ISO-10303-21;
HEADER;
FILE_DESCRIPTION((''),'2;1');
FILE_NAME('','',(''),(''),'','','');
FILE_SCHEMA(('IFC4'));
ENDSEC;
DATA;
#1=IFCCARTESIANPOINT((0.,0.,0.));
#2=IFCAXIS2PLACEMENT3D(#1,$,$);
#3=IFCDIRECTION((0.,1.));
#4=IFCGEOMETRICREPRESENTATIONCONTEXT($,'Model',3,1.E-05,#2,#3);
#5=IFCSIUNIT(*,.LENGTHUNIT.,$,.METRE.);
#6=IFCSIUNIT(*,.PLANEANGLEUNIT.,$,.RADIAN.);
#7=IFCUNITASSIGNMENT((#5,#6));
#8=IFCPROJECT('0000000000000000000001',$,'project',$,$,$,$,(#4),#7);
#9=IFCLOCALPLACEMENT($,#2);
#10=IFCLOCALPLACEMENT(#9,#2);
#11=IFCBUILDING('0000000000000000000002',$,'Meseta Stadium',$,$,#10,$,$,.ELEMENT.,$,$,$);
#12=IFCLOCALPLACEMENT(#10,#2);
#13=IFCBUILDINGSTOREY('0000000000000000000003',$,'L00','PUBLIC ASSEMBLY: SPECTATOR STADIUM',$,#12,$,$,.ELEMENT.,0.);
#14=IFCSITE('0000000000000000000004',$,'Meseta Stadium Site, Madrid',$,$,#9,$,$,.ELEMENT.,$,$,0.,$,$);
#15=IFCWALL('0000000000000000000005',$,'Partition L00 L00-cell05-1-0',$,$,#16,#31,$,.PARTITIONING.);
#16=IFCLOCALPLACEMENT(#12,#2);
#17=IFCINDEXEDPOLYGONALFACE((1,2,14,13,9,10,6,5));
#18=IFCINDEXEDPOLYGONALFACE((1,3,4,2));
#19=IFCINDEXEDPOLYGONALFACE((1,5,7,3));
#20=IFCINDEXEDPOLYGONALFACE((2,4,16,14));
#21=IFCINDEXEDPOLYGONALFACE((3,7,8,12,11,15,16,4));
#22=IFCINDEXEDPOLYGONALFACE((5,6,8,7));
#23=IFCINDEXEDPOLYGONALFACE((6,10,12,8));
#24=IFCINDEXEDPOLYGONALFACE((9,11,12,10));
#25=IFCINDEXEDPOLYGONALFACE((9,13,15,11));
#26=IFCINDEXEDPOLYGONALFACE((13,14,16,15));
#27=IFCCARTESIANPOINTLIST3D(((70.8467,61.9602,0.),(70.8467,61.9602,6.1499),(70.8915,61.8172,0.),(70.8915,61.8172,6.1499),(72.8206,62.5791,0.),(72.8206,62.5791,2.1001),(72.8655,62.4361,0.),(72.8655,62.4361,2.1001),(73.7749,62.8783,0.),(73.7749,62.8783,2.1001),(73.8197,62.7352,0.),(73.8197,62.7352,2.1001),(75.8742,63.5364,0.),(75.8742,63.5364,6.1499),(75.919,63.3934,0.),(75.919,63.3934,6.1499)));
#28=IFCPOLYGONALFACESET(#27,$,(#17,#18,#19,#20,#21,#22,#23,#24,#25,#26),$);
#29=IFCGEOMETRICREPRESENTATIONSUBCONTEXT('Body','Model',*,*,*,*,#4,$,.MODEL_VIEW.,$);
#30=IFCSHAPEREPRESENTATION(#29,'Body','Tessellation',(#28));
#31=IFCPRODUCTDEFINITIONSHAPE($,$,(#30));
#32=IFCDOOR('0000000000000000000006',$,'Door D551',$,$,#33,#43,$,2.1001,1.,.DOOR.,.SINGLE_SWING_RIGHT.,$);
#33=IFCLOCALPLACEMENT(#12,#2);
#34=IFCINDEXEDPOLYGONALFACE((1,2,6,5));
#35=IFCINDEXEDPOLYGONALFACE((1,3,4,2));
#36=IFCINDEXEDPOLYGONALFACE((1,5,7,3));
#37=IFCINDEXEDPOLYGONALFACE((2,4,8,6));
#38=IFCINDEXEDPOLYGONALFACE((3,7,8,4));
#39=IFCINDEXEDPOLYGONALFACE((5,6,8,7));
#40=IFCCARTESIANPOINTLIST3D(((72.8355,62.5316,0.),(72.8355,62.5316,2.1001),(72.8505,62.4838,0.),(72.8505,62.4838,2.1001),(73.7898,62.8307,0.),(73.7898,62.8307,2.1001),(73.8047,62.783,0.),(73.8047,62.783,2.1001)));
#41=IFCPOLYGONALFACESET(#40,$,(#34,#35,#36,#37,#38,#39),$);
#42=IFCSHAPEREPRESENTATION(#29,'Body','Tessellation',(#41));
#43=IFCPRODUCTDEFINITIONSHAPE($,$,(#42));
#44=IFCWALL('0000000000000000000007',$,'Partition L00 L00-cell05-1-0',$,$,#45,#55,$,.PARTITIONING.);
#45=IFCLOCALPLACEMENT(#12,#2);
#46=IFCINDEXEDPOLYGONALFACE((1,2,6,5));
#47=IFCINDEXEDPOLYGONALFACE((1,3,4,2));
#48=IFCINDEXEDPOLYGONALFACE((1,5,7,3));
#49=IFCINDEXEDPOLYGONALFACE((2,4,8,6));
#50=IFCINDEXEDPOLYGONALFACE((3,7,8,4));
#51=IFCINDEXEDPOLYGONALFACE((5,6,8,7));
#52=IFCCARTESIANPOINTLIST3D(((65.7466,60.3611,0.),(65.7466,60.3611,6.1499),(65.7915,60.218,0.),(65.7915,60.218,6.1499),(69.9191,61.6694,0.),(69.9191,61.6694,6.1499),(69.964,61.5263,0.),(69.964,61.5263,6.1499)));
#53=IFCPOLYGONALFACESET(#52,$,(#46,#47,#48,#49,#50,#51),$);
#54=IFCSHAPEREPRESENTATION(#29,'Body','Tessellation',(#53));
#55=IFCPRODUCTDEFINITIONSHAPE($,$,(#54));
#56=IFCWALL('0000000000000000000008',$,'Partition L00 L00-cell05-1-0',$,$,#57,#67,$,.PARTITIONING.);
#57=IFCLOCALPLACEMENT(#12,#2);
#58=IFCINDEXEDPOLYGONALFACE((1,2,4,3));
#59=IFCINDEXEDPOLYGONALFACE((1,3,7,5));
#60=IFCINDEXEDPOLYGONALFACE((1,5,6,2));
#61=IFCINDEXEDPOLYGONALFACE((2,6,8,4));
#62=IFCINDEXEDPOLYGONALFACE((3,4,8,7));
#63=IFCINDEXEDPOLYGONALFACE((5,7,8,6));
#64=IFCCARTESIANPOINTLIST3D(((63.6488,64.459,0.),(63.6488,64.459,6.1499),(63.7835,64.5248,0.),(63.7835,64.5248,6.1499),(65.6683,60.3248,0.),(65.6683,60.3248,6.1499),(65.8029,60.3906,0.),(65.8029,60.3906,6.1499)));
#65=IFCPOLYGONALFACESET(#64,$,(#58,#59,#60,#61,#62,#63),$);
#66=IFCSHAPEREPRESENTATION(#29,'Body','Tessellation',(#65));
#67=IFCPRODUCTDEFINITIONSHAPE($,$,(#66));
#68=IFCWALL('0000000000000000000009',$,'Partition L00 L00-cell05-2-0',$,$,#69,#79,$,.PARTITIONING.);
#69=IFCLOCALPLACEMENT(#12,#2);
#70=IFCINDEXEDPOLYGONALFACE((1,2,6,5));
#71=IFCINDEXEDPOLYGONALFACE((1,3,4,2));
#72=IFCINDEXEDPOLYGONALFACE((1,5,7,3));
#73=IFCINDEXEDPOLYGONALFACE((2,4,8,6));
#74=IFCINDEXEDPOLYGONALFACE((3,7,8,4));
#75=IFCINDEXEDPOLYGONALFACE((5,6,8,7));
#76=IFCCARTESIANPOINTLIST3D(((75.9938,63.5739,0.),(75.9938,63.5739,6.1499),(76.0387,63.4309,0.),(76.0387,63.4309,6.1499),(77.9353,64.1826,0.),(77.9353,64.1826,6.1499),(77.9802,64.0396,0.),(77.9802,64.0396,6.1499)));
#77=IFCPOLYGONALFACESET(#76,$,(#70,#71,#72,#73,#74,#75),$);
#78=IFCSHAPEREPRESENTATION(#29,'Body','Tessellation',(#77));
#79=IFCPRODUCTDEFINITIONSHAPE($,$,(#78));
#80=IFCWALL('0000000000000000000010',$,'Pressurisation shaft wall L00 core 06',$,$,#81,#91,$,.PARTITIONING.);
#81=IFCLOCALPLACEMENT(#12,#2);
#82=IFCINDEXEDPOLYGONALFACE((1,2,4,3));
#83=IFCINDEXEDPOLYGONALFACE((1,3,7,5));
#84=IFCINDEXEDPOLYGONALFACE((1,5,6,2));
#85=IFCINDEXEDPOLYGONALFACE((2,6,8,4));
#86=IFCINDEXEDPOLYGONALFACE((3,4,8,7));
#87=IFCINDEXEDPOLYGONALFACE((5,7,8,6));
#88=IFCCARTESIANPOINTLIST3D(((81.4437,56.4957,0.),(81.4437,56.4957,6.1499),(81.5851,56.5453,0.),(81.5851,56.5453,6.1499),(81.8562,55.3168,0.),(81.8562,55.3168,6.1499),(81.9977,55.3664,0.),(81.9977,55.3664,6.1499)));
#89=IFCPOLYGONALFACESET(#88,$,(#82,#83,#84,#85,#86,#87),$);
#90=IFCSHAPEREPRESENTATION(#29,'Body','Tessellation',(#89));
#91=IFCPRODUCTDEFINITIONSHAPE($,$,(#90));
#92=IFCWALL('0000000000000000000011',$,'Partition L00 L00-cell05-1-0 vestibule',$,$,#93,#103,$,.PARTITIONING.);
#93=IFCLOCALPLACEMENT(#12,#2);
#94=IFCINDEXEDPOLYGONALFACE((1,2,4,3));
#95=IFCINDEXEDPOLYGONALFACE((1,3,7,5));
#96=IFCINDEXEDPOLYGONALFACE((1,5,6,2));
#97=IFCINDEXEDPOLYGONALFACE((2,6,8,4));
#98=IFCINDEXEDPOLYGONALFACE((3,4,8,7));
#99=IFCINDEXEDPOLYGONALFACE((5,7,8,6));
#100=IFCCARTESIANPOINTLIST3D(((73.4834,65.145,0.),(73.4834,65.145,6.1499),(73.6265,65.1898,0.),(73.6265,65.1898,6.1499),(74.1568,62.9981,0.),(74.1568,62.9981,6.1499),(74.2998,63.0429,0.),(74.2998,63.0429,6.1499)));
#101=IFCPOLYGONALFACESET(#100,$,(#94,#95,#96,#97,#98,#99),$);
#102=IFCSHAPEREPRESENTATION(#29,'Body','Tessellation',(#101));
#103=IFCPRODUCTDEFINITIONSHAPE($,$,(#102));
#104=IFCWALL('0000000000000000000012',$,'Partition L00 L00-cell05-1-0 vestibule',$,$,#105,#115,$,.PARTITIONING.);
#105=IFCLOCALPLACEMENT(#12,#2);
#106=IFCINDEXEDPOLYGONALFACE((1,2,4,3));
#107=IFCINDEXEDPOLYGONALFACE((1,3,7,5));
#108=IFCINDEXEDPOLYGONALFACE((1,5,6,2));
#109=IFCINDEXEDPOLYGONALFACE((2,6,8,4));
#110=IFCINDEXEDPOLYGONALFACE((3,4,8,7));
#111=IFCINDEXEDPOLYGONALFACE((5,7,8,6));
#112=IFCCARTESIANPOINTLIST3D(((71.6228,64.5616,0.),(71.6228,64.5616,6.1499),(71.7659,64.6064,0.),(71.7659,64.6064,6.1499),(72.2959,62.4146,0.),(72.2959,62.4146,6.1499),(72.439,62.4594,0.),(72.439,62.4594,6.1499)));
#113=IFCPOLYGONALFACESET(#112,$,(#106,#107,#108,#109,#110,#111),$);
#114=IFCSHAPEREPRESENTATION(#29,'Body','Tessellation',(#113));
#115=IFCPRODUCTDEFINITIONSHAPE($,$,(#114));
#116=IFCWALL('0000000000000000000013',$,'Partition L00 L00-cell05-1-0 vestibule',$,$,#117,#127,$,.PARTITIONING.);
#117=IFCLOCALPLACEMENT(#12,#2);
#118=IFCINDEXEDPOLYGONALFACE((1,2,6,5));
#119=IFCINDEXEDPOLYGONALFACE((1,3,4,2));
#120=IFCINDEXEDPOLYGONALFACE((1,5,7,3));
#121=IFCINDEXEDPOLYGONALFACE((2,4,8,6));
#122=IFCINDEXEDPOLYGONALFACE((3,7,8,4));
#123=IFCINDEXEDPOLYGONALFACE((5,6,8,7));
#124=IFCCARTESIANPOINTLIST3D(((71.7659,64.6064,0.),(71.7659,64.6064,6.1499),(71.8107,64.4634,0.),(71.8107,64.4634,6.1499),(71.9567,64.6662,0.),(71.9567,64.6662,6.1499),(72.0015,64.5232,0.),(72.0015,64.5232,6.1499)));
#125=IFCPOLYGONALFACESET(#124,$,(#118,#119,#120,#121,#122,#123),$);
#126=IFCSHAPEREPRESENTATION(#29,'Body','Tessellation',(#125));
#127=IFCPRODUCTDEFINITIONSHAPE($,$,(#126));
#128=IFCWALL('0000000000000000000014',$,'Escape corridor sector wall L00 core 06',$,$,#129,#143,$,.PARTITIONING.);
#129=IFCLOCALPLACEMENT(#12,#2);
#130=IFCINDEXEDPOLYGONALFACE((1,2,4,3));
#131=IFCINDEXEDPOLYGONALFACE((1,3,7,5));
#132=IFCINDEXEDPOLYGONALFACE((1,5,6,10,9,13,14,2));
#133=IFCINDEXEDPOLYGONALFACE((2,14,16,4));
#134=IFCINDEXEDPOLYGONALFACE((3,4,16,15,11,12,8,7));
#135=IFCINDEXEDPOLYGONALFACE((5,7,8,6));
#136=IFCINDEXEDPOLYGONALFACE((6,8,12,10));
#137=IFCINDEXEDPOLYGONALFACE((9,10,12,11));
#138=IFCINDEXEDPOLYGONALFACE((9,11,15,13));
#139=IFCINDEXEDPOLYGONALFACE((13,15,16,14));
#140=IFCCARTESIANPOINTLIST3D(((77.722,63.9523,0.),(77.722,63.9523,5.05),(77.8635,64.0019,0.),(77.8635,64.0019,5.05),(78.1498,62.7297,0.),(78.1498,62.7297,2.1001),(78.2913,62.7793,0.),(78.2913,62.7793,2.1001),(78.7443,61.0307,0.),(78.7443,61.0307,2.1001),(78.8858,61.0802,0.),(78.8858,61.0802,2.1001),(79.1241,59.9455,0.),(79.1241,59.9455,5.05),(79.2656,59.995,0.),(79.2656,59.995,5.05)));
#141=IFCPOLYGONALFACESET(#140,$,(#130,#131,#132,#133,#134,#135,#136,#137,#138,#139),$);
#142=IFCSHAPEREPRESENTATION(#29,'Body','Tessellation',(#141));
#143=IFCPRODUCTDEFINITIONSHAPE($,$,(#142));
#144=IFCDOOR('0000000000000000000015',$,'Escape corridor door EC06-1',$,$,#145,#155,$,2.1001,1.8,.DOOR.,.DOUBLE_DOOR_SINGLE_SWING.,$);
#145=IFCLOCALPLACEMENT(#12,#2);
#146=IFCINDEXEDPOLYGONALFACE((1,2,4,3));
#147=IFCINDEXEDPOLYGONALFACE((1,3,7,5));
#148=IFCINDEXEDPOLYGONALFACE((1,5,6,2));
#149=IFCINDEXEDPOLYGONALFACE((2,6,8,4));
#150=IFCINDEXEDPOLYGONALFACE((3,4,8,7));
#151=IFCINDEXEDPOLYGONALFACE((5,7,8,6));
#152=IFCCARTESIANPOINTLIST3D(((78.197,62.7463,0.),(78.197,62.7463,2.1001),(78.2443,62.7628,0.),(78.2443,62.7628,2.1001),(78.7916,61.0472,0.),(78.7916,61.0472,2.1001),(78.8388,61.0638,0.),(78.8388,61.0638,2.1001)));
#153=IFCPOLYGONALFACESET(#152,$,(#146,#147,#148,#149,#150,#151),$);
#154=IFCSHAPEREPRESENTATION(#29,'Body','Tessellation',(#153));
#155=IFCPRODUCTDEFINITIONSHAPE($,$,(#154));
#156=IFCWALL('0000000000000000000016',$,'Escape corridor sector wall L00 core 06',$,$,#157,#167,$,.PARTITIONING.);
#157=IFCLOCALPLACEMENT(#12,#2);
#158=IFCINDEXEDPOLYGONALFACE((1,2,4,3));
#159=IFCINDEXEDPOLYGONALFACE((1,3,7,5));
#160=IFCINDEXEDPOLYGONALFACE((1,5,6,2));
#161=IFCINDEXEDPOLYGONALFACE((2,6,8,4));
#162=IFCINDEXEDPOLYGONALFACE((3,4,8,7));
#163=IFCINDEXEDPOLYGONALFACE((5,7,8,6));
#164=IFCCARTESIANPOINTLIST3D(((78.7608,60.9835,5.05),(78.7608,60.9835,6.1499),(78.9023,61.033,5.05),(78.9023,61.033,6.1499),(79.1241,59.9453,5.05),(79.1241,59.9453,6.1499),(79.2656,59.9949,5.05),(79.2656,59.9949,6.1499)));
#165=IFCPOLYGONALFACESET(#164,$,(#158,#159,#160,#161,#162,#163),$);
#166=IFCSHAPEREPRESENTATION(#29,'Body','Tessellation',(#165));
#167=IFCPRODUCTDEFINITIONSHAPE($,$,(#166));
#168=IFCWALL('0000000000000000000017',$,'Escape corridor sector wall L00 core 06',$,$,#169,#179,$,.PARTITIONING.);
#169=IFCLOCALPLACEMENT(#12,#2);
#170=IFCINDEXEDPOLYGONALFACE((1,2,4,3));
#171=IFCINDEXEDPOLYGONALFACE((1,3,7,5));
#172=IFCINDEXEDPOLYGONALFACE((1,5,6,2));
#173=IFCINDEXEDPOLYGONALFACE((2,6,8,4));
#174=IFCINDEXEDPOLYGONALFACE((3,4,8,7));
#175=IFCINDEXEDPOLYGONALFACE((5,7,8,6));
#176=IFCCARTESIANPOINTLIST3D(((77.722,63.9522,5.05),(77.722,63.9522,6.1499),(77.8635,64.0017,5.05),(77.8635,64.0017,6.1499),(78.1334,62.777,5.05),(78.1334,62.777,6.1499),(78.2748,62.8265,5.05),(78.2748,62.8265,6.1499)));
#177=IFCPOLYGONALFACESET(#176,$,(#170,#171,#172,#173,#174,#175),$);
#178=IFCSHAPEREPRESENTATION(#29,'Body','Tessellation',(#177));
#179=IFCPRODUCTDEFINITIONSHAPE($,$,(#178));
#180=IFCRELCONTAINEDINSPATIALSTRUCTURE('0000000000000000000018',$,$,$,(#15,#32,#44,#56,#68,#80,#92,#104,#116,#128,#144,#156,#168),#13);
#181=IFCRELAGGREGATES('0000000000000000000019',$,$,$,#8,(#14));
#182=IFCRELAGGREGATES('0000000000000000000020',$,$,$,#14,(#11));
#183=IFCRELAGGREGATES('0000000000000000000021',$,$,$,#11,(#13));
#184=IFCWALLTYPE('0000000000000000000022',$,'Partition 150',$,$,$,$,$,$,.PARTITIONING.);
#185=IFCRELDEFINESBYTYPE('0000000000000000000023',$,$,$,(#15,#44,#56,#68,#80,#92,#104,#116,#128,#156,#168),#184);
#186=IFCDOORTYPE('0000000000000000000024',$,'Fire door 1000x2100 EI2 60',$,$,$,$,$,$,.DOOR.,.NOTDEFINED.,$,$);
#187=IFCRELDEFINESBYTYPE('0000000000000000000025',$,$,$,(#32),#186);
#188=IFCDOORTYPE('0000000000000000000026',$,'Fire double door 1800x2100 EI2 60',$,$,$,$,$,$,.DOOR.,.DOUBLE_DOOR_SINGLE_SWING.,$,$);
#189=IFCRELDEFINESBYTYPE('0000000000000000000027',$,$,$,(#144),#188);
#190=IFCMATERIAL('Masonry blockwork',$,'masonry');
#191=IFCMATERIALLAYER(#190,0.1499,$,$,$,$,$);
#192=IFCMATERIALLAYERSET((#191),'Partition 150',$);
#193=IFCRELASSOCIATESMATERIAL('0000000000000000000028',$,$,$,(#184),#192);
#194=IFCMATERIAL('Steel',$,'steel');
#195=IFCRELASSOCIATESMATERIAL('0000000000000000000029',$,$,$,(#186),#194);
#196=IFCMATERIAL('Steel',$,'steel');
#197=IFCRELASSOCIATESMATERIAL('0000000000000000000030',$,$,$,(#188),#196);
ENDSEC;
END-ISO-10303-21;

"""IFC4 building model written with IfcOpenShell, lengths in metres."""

from ifc_helpers import new_model, si_unit, direction, frame, frame_2d, origin, place, context, subcontext, project, spatial, rectangle, extrude, material, layer, layer_set, type_object, element, fill, save


model = new_model("IFC4")

# Units and contexts
model_context = context("Model", 3, precision=1e-05, world=origin(), true_north=direction((0.0, 1.0)))
body_context = subcontext(model_context, "Body", "Model", "MODEL_VIEW")
ifc_project = project(units=[si_unit("LENGTHUNIT", "METRE"), si_unit("PLANEANGLEUNIT", "RADIAN")], contexts=[model_context])

# Site, building, storey
site_placement = place(None, origin())
site = spatial("IfcSite", under=ifc_project, at=site_placement, Name="Meseta Stadium Site, Madrid", CompositionType="ELEMENT", RefElevation=0.0)
building_placement = place(site_placement, origin())
building = spatial("IfcBuilding", under=site, at=building_placement, Name="Meseta Stadium", CompositionType="ELEMENT")
storey_placement = place(building_placement, origin())
storey = spatial("IfcBuildingStorey", under=building, at=storey_placement, Name="L00", Description="PUBLIC ASSEMBLY: SPECTATOR STADIUM", CompositionType="ELEMENT", Elevation=0.0)

# Shared definitions
ifc_material_1 = material(Name="Masonry blockwork", Category="masonry")
ifc_layer_1 = layer(ifc_material_1, 0.1499)
ifc_layer_set_1 = layer_set([ifc_layer_1], Name="Partition 150")
wall_type_1 = type_object("IfcWallType", Name="Partition 150", PredefinedType="PARTITIONING", material=ifc_layer_set_1)

# Wall, opening, door
wall_1_placement = place(storey_placement, frame((75.8965, 63.4648, 0.0), z_axis=(0.0, 0.0, 1.0), x_axis=(-0.954207, -0.299148, 0.0)))
wall_1 = element("IfcWall", 1, at=wall_1_placement, inside=storey, type_object=wall_type_1, Name="Partition L00 L00-cell05-1-0", PredefinedType="PARTITIONING", context=body_context, shape_type="SweptSolid", body=[
    extrude(rectangle(XDim=5.2688, YDim=0.1499, at=frame_2d((2.6343, 0.0))), origin(), (0.0, 0.0, 1.0), 6.1499),
])
opening_1_placement = place(wall_1_placement, frame((2.2, 0.0, 0.0)))
opening_1 = element("IfcOpeningElement", 2, at=opening_1_placement, cuts=wall_1, PredefinedType="OPENING", context=body_context, shape_type="SweptSolid", body=[
    extrude(rectangle(XDim=1.0, YDim=2.1001, at=frame_2d((0.5, 1.05))), frame((0.0, 0.085, 0.0), z_axis=(0.0, -1.0, 0.0), x_axis=(1.0, 0.0, 0.0)), (0.0, 0.0, 1.0), 0.1699),
])
ifc_material_2 = material(Name="Steel", Category="steel")
door_type_1 = type_object("IfcDoorType", Name="Fire door 1000x2100 EI2 60", OperationType="NOTDEFINED", PredefinedType="DOOR", material=ifc_material_2)
door_1_placement = place(opening_1_placement, origin())
door_1 = element("IfcDoor", 3, at=door_1_placement, inside=storey, type_object=door_type_1, Name="Door D551", OperationType="SINGLE_SWING_RIGHT", OverallHeight=2.1001, OverallWidth=1.0, PredefinedType="DOOR", context=body_context, shape_type="SweptSolid", body=[
    extrude(rectangle(XDim=1.0, YDim=2.1001, at=frame_2d((0.5, 1.05))), frame((0.0, 0.0249, 0.0), z_axis=(0.0, -1.0, 0.0), x_axis=(1.0, 0.0, 0.0)), (0.0, 0.0, 1.0), 0.05),
])
fill(opening_1, door_1)

# Walls
wall_2_placement = place(storey_placement, frame((69.9417, 61.5979, 0.0), z_axis=(0.0, 0.0, 1.0), x_axis=(-0.954192, -0.299194, 0.0)))
element("IfcWall", 4, at=wall_2_placement, inside=storey, type_object=wall_type_1, Name="Partition L00 L00-cell05-1-0", PredefinedType="PARTITIONING", context=body_context, shape_type="SweptSolid", body=[
    extrude(rectangle(XDim=4.3728, YDim=0.1499, at=frame_2d((2.1865, 0.0))), origin(), (0.0, 0.0, 1.0), 6.1499),
])
wall_3_placement = place(storey_placement, frame((65.7356, 60.3577, 0.0), z_axis=(0.0, 0.0, 1.0), x_axis=(-0.438917, 0.898528, 0.0)))
element("IfcWall", 5, at=wall_3_placement, inside=storey, type_object=wall_type_1, Name="Partition L00 L00-cell05-1-0", PredefinedType="PARTITIONING", context=body_context, shape_type="SweptSolid", body=[
    extrude(rectangle(XDim=4.6011, YDim=0.1499, at=frame_2d((2.3005, 0.0))), origin(), (0.0, 0.0, 1.0), 6.1499),
])
wall_4_placement = place(storey_placement, frame((77.9578, 64.1111, 0.0), z_axis=(0.0, 0.0, 1.0), x_axis=(-0.954206, -0.299149, 0.0)))
element("IfcWall", 6, at=wall_4_placement, inside=storey, type_object=wall_type_1, Name="Partition L00 L00-cell05-2-0", PredefinedType="PARTITIONING", context=body_context, shape_type="SweptSolid", body=[
    extrude(rectangle(XDim=2.0347, YDim=0.1499, at=frame_2d((1.0173, 0.0))), origin(), (0.0, 0.0, 1.0), 6.1499),
])
wall_5_placement = place(storey_placement, frame((81.5144, 56.5205, 0.0), z_axis=(0.0, 0.0, 1.0), x_axis=(0.330324, -0.943867, 0.0)))
element("IfcWall", 7, at=wall_5_placement, inside=storey, type_object=wall_type_1, Name="Pressurisation shaft wall L00 core 06", PredefinedType="PARTITIONING", context=body_context, shape_type="SweptSolid", body=[
    extrude(rectangle(XDim=1.249, YDim=0.1499, at=frame_2d((0.6245, 0.0))), origin(), (0.0, 0.0, 1.0), 6.1499),
])
for number, where, z_axis, x_axis, name in (
    (8, (74.2283, 63.0205, 0.0), (0.0, 0.0, 1.0), (-0.299251, 0.954174, 0.0), "Partition L00 L00-cell05-1-0 vestibule"),
    (9, (72.3674, 62.437, 0.0), (0.0, 0.0, 1.0), (-0.299152, 0.954205, 0.0), "Partition L00 L00-cell05-1-0 vestibule"),
):
    element("IfcWall", number, at=place(storey_placement, frame(where, z_axis=z_axis, x_axis=x_axis)), inside=storey, type_object=wall_type_1, Name=name, PredefinedType="PARTITIONING", context=body_context, shape_type="SweptSolid", body=[
        extrude(rectangle(XDim=2.25, YDim=0.1499, at=frame_2d((1.125, 0.0))), origin(), (0.0, 0.0, 1.0), 6.1499),
    ])
wall_6_placement = place(storey_placement, frame((71.9792, 64.5947, 0.0), z_axis=(0.0, 0.0, 1.0), x_axis=(-0.954263, -0.29897, 0.0)))
element("IfcWall", 10, at=wall_6_placement, inside=storey, type_object=wall_type_1, Name="Partition L00 L00-cell05-1-0 vestibule", PredefinedType="PARTITIONING", context=body_context, shape_type="SweptSolid", body=[
    extrude(rectangle(XDim=0.2, YDim=0.1499, at=frame_2d((0.1001, 0.0))), origin(), (0.0, 0.0, 1.0), 6.1499),
])

# Wall, opening, door
wall_7_placement = place(storey_placement, frame((79.1948, 59.9702, 0.0), z_axis=(0.0, 0.0, 1.0), x_axis=(-0.330289, 0.94388, 0.0)))
wall_7 = element("IfcWall", 11, at=wall_7_placement, inside=storey, type_object=wall_type_1, Name="Escape corridor sector wall L00 core 06", PredefinedType="PARTITIONING", context=body_context, shape_type="SweptSolid", body=[
    extrude(rectangle(XDim=4.2451, YDim=0.1499, at=frame_2d((2.1226, 0.0))), origin(), (0.0, 0.0, 1.0), 5.05),
])
opening_2_placement = place(wall_7_placement, frame((1.1499, 0.0, 0.0)))
opening_2 = element("IfcOpeningElement", 12, at=opening_2_placement, cuts=wall_7, PredefinedType="OPENING", context=body_context, shape_type="SweptSolid", body=[
    extrude(rectangle(XDim=1.8, YDim=2.1001, at=frame_2d((0.8999, 1.05))), frame((0.0, 0.085, 0.0), z_axis=(0.0, -1.0, 0.0), x_axis=(1.0, 0.0, 0.0)), (0.0, 0.0, 1.0), 0.1699),
])
ifc_material_3 = material(Name="Steel", Category="steel")
door_type_2 = type_object("IfcDoorType", Name="Fire double door 1800x2100 EI2 60", OperationType="DOUBLE_DOOR_SINGLE_SWING", PredefinedType="DOOR", material=ifc_material_3)
door_2_placement = place(opening_2_placement, origin())
door_2 = element("IfcDoor", 13, at=door_2_placement, inside=storey, type_object=door_type_2, Name="Escape corridor door EC06-1", OperationType="DOUBLE_DOOR_SINGLE_SWING", OverallHeight=2.1001, OverallWidth=1.8, PredefinedType="DOOR", context=body_context, shape_type="SweptSolid", body=[
    extrude(rectangle(XDim=1.8, YDim=2.1001, at=frame_2d((0.8999, 1.05))), frame((0.0, 0.0249, 0.0), z_axis=(0.0, -1.0, 0.0), x_axis=(1.0, 0.0, 0.0)), (0.0, 0.0, 1.0), 0.05),
])
fill(opening_2, door_2)

# Walls
wall_8_placement = place(storey_placement, frame((79.1948, 59.9702, 5.05), z_axis=(0.0, 0.0, 1.0), x_axis=(-0.330311, 0.943872, 0.0)))
element("IfcWall", 14, at=wall_8_placement, inside=storey, type_object=wall_type_1, Name="Escape corridor sector wall L00 core 06", PredefinedType="PARTITIONING", context=body_context, shape_type="SweptSolid", body=[
    extrude(rectangle(XDim=1.0999, YDim=0.1499, at=frame_2d((0.5498, 0.0))), origin(), (0.0, 0.0, 1.0), 1.0999),
])
wall_9_placement = place(storey_placement, frame((78.2041, 62.8018, 5.05), z_axis=(0.0, 0.0, 1.0), x_axis=(-0.330368, 0.943852, 0.0)))
element("IfcWall", 15, at=wall_9_placement, inside=storey, type_object=wall_type_1, Name="Escape corridor sector wall L00 core 06", PredefinedType="PARTITIONING", context=body_context, shape_type="SweptSolid", body=[
    extrude(rectangle(XDim=1.2451, YDim=0.1499, at=frame_2d((0.6226, 0.0))), origin(), (0.0, 0.0, 1.0), 1.0999),
])

save(model, "model.ifc")
